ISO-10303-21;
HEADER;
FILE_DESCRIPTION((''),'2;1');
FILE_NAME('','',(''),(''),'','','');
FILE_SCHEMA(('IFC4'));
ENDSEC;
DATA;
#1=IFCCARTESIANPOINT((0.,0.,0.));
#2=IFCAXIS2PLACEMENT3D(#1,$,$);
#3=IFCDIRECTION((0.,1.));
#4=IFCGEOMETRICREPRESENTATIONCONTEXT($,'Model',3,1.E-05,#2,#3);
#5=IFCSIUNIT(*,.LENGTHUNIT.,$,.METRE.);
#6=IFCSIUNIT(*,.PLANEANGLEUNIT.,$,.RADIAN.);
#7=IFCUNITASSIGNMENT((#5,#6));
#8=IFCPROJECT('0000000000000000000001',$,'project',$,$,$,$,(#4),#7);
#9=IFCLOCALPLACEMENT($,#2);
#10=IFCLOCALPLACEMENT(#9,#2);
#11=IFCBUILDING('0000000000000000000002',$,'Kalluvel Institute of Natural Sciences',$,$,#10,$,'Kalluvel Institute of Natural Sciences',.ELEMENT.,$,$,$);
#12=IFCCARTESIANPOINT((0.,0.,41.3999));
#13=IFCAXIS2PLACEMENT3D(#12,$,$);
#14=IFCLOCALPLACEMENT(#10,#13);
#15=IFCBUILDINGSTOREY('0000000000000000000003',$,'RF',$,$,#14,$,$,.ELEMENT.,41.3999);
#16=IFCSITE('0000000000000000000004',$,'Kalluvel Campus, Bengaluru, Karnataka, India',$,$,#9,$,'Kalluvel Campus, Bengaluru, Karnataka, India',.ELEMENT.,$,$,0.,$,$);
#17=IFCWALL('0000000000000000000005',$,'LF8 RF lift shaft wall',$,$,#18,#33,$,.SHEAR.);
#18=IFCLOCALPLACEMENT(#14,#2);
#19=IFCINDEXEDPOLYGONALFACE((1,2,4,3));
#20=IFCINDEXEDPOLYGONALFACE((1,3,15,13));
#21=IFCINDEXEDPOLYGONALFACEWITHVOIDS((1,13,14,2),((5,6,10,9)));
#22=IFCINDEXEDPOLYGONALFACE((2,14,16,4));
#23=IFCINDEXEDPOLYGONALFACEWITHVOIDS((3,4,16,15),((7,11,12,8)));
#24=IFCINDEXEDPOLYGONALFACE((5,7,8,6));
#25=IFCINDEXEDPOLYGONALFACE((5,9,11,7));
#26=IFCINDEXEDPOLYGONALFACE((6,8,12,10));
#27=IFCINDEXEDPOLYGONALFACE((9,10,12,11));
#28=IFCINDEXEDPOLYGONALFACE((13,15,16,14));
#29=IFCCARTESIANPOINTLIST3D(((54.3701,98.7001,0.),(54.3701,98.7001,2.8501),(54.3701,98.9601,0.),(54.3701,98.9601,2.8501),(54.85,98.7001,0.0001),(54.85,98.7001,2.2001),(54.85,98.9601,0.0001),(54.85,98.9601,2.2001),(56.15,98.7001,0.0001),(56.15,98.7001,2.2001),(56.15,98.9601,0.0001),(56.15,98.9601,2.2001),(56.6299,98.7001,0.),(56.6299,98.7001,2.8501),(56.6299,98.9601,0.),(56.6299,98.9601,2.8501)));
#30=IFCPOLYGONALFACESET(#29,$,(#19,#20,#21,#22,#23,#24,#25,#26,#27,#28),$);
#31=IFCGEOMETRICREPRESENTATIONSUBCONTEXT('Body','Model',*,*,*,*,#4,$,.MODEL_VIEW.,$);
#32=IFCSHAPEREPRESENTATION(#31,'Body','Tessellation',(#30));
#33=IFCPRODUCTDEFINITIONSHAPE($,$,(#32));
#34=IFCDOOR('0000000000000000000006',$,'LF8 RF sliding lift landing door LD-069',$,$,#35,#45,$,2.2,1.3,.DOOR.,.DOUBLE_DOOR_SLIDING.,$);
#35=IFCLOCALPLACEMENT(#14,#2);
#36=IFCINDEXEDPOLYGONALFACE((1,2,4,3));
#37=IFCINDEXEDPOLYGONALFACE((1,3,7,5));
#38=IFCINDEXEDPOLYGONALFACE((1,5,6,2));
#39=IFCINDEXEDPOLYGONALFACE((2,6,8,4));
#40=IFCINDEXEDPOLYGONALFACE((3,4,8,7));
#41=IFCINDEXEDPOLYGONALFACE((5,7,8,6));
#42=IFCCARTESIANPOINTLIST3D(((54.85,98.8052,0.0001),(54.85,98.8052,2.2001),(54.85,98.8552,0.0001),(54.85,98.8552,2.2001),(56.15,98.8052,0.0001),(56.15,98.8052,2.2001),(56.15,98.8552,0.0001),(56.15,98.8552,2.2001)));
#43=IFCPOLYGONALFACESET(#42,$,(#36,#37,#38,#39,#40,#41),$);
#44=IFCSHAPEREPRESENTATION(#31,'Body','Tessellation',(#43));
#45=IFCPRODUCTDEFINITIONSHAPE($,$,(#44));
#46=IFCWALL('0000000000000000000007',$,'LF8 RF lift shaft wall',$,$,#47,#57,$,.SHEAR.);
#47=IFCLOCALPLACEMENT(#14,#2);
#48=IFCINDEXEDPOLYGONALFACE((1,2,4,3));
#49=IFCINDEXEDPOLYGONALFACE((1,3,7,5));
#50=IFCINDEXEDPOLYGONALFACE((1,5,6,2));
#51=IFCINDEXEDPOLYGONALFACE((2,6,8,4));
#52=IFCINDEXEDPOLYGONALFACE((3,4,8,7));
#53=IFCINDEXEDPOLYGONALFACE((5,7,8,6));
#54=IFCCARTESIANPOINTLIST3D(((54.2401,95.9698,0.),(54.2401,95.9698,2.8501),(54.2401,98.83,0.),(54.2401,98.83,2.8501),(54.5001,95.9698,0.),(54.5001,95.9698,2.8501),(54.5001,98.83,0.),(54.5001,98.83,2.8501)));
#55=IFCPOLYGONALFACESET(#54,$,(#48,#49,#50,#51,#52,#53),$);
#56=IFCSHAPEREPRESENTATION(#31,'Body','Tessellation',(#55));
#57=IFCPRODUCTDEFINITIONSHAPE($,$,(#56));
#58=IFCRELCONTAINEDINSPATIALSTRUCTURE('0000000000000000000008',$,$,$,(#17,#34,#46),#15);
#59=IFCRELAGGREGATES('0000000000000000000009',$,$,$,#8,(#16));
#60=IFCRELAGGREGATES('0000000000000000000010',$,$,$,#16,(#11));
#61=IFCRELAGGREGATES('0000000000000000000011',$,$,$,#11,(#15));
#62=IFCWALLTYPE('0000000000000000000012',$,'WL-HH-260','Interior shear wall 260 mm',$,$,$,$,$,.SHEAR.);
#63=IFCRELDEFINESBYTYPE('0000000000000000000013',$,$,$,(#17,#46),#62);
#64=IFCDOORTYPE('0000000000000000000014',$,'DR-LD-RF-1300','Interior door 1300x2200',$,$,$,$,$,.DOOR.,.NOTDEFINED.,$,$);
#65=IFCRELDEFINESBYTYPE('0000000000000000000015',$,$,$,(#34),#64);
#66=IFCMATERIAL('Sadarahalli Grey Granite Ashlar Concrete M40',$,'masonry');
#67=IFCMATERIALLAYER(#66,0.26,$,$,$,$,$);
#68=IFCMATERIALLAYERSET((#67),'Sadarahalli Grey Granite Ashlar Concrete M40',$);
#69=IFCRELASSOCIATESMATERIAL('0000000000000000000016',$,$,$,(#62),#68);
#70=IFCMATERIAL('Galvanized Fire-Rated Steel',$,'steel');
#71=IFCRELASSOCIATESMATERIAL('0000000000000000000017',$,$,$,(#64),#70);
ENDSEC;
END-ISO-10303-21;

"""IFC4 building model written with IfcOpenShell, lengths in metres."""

from ifc_helpers import new_model, si_unit, direction, frame, frame_2d, origin, place, context, subcontext, project, spatial, rectangle, extrude, material, layer, layer_set, type_object, element, fill, save


model = new_model("IFC4")

# Units and contexts
model_context = context("Model", 3, precision=1e-05, world=origin(), true_north=direction((0.0, 1.0)))
body_context = subcontext(model_context, "Body", "Model", "MODEL_VIEW")
ifc_project = project(units=[si_unit("LENGTHUNIT", "METRE"), si_unit("PLANEANGLEUNIT", "RADIAN")], contexts=[model_context])

# Site, building, storey
site_placement = place(None, origin())
site = spatial("IfcSite", under=ifc_project, at=site_placement, Name="Kalluvel Campus, Bengaluru, Karnataka, India", LongName="Kalluvel Campus, Bengaluru, Karnataka, India", CompositionType="ELEMENT", RefElevation=0.0)
building_placement = place(site_placement, origin())
building = spatial("IfcBuilding", under=site, at=building_placement, Name="Kalluvel Institute of Natural Sciences", LongName="Kalluvel Institute of Natural Sciences", CompositionType="ELEMENT")
storey_placement = place(building_placement, frame((0.0, 0.0, 41.3999)))
storey = spatial("IfcBuildingStorey", under=building, at=storey_placement, Name="RF", CompositionType="ELEMENT", Elevation=41.3999)

# Shared definitions
ifc_material_1 = material(Name="Sadarahalli Grey Granite Ashlar Concrete M40", Category="masonry")
ifc_layer_1 = layer(ifc_material_1, 0.26)
ifc_layer_set_1 = layer_set([ifc_layer_1], Name="Sadarahalli Grey Granite Ashlar Concrete M40")
wall_type = type_object("IfcWallType", Name="WL-HH-260", Description="Interior shear wall 260 mm", PredefinedType="SHEAR", material=ifc_layer_set_1)
ifc_material_2 = material(Name="Galvanized Fire-Rated Steel", Category="steel")

# Wall, opening, door
wall_1_placement = place(storey_placement, frame((56.6299, 98.8301, 0.0), z_axis=(0.0, 0.0, 1.0), x_axis=(-1.0, 0.0, 0.0)))
wall_1 = element("IfcWall", 1, at=wall_1_placement, inside=storey, type_object=wall_type, Name="LF8 RF lift shaft wall", PredefinedType="SHEAR", context=body_context, shape_type="SweptSolid", body=[
    extrude(rectangle(XDim=2.2598, YDim=0.26, at=frame_2d((1.1299, 0.0))), origin(), (0.0, 0.0, 1.0), 2.8501),
])
opening_1_placement = place(wall_1_placement, frame((0.48, 0.0, 0.0)))
opening_1 = element("IfcOpeningElement", 2, at=opening_1_placement, cuts=wall_1, PredefinedType="OPENING", context=body_context, shape_type="SweptSolid", body=[
    extrude(rectangle(XDim=1.3, YDim=2.2, at=frame_2d((0.6499, 1.1001))), frame((0.0, 0.1399, 0.0), z_axis=(0.0, -1.0, 0.0), x_axis=(1.0, 0.0, 0.0)), (0.0, 0.0, 1.0), 0.28),
])
door_type_1 = type_object("IfcDoorType", Name="DR-LD-RF-1300", Description="Interior door 1300x2200", OperationType="NOTDEFINED", PredefinedType="DOOR", material=ifc_material_2)
door_1_placement = place(opening_1_placement, origin())
door_1 = element("IfcDoor", 3, at=door_1_placement, inside=storey, type_object=door_type_1, Name="LF8 RF sliding lift landing door LD-069", OperationType="DOUBLE_DOOR_SLIDING", OverallHeight=2.2, OverallWidth=1.3, PredefinedType="DOOR", context=body_context, shape_type="SweptSolid", body=[
    extrude(rectangle(XDim=1.3, YDim=2.2, at=frame_2d((0.6499, 1.1001))), frame((0.0, 0.0249, 0.0), z_axis=(0.0, -1.0, 0.0), x_axis=(1.0, 0.0, 0.0)), (0.0, 0.0, 1.0), 0.05),
])
fill(opening_1, door_1)

# Wall
wall_2_placement = place(storey_placement, frame((54.3701, 98.8301, 0.0), z_axis=(0.0, 0.0, 1.0), x_axis=(0.0, -1.0, 0.0)))
element("IfcWall", 4, at=wall_2_placement, inside=storey, type_object=wall_type, Name="LF8 RF lift shaft wall", PredefinedType="SHEAR", context=body_context, shape_type="SweptSolid", body=[
    extrude(rectangle(XDim=2.8601, YDim=0.26, at=frame_2d((1.4302, 0.0))), origin(), (0.0, 0.0, 1.0), 2.8501),
])

save(model, "model.ifc")
